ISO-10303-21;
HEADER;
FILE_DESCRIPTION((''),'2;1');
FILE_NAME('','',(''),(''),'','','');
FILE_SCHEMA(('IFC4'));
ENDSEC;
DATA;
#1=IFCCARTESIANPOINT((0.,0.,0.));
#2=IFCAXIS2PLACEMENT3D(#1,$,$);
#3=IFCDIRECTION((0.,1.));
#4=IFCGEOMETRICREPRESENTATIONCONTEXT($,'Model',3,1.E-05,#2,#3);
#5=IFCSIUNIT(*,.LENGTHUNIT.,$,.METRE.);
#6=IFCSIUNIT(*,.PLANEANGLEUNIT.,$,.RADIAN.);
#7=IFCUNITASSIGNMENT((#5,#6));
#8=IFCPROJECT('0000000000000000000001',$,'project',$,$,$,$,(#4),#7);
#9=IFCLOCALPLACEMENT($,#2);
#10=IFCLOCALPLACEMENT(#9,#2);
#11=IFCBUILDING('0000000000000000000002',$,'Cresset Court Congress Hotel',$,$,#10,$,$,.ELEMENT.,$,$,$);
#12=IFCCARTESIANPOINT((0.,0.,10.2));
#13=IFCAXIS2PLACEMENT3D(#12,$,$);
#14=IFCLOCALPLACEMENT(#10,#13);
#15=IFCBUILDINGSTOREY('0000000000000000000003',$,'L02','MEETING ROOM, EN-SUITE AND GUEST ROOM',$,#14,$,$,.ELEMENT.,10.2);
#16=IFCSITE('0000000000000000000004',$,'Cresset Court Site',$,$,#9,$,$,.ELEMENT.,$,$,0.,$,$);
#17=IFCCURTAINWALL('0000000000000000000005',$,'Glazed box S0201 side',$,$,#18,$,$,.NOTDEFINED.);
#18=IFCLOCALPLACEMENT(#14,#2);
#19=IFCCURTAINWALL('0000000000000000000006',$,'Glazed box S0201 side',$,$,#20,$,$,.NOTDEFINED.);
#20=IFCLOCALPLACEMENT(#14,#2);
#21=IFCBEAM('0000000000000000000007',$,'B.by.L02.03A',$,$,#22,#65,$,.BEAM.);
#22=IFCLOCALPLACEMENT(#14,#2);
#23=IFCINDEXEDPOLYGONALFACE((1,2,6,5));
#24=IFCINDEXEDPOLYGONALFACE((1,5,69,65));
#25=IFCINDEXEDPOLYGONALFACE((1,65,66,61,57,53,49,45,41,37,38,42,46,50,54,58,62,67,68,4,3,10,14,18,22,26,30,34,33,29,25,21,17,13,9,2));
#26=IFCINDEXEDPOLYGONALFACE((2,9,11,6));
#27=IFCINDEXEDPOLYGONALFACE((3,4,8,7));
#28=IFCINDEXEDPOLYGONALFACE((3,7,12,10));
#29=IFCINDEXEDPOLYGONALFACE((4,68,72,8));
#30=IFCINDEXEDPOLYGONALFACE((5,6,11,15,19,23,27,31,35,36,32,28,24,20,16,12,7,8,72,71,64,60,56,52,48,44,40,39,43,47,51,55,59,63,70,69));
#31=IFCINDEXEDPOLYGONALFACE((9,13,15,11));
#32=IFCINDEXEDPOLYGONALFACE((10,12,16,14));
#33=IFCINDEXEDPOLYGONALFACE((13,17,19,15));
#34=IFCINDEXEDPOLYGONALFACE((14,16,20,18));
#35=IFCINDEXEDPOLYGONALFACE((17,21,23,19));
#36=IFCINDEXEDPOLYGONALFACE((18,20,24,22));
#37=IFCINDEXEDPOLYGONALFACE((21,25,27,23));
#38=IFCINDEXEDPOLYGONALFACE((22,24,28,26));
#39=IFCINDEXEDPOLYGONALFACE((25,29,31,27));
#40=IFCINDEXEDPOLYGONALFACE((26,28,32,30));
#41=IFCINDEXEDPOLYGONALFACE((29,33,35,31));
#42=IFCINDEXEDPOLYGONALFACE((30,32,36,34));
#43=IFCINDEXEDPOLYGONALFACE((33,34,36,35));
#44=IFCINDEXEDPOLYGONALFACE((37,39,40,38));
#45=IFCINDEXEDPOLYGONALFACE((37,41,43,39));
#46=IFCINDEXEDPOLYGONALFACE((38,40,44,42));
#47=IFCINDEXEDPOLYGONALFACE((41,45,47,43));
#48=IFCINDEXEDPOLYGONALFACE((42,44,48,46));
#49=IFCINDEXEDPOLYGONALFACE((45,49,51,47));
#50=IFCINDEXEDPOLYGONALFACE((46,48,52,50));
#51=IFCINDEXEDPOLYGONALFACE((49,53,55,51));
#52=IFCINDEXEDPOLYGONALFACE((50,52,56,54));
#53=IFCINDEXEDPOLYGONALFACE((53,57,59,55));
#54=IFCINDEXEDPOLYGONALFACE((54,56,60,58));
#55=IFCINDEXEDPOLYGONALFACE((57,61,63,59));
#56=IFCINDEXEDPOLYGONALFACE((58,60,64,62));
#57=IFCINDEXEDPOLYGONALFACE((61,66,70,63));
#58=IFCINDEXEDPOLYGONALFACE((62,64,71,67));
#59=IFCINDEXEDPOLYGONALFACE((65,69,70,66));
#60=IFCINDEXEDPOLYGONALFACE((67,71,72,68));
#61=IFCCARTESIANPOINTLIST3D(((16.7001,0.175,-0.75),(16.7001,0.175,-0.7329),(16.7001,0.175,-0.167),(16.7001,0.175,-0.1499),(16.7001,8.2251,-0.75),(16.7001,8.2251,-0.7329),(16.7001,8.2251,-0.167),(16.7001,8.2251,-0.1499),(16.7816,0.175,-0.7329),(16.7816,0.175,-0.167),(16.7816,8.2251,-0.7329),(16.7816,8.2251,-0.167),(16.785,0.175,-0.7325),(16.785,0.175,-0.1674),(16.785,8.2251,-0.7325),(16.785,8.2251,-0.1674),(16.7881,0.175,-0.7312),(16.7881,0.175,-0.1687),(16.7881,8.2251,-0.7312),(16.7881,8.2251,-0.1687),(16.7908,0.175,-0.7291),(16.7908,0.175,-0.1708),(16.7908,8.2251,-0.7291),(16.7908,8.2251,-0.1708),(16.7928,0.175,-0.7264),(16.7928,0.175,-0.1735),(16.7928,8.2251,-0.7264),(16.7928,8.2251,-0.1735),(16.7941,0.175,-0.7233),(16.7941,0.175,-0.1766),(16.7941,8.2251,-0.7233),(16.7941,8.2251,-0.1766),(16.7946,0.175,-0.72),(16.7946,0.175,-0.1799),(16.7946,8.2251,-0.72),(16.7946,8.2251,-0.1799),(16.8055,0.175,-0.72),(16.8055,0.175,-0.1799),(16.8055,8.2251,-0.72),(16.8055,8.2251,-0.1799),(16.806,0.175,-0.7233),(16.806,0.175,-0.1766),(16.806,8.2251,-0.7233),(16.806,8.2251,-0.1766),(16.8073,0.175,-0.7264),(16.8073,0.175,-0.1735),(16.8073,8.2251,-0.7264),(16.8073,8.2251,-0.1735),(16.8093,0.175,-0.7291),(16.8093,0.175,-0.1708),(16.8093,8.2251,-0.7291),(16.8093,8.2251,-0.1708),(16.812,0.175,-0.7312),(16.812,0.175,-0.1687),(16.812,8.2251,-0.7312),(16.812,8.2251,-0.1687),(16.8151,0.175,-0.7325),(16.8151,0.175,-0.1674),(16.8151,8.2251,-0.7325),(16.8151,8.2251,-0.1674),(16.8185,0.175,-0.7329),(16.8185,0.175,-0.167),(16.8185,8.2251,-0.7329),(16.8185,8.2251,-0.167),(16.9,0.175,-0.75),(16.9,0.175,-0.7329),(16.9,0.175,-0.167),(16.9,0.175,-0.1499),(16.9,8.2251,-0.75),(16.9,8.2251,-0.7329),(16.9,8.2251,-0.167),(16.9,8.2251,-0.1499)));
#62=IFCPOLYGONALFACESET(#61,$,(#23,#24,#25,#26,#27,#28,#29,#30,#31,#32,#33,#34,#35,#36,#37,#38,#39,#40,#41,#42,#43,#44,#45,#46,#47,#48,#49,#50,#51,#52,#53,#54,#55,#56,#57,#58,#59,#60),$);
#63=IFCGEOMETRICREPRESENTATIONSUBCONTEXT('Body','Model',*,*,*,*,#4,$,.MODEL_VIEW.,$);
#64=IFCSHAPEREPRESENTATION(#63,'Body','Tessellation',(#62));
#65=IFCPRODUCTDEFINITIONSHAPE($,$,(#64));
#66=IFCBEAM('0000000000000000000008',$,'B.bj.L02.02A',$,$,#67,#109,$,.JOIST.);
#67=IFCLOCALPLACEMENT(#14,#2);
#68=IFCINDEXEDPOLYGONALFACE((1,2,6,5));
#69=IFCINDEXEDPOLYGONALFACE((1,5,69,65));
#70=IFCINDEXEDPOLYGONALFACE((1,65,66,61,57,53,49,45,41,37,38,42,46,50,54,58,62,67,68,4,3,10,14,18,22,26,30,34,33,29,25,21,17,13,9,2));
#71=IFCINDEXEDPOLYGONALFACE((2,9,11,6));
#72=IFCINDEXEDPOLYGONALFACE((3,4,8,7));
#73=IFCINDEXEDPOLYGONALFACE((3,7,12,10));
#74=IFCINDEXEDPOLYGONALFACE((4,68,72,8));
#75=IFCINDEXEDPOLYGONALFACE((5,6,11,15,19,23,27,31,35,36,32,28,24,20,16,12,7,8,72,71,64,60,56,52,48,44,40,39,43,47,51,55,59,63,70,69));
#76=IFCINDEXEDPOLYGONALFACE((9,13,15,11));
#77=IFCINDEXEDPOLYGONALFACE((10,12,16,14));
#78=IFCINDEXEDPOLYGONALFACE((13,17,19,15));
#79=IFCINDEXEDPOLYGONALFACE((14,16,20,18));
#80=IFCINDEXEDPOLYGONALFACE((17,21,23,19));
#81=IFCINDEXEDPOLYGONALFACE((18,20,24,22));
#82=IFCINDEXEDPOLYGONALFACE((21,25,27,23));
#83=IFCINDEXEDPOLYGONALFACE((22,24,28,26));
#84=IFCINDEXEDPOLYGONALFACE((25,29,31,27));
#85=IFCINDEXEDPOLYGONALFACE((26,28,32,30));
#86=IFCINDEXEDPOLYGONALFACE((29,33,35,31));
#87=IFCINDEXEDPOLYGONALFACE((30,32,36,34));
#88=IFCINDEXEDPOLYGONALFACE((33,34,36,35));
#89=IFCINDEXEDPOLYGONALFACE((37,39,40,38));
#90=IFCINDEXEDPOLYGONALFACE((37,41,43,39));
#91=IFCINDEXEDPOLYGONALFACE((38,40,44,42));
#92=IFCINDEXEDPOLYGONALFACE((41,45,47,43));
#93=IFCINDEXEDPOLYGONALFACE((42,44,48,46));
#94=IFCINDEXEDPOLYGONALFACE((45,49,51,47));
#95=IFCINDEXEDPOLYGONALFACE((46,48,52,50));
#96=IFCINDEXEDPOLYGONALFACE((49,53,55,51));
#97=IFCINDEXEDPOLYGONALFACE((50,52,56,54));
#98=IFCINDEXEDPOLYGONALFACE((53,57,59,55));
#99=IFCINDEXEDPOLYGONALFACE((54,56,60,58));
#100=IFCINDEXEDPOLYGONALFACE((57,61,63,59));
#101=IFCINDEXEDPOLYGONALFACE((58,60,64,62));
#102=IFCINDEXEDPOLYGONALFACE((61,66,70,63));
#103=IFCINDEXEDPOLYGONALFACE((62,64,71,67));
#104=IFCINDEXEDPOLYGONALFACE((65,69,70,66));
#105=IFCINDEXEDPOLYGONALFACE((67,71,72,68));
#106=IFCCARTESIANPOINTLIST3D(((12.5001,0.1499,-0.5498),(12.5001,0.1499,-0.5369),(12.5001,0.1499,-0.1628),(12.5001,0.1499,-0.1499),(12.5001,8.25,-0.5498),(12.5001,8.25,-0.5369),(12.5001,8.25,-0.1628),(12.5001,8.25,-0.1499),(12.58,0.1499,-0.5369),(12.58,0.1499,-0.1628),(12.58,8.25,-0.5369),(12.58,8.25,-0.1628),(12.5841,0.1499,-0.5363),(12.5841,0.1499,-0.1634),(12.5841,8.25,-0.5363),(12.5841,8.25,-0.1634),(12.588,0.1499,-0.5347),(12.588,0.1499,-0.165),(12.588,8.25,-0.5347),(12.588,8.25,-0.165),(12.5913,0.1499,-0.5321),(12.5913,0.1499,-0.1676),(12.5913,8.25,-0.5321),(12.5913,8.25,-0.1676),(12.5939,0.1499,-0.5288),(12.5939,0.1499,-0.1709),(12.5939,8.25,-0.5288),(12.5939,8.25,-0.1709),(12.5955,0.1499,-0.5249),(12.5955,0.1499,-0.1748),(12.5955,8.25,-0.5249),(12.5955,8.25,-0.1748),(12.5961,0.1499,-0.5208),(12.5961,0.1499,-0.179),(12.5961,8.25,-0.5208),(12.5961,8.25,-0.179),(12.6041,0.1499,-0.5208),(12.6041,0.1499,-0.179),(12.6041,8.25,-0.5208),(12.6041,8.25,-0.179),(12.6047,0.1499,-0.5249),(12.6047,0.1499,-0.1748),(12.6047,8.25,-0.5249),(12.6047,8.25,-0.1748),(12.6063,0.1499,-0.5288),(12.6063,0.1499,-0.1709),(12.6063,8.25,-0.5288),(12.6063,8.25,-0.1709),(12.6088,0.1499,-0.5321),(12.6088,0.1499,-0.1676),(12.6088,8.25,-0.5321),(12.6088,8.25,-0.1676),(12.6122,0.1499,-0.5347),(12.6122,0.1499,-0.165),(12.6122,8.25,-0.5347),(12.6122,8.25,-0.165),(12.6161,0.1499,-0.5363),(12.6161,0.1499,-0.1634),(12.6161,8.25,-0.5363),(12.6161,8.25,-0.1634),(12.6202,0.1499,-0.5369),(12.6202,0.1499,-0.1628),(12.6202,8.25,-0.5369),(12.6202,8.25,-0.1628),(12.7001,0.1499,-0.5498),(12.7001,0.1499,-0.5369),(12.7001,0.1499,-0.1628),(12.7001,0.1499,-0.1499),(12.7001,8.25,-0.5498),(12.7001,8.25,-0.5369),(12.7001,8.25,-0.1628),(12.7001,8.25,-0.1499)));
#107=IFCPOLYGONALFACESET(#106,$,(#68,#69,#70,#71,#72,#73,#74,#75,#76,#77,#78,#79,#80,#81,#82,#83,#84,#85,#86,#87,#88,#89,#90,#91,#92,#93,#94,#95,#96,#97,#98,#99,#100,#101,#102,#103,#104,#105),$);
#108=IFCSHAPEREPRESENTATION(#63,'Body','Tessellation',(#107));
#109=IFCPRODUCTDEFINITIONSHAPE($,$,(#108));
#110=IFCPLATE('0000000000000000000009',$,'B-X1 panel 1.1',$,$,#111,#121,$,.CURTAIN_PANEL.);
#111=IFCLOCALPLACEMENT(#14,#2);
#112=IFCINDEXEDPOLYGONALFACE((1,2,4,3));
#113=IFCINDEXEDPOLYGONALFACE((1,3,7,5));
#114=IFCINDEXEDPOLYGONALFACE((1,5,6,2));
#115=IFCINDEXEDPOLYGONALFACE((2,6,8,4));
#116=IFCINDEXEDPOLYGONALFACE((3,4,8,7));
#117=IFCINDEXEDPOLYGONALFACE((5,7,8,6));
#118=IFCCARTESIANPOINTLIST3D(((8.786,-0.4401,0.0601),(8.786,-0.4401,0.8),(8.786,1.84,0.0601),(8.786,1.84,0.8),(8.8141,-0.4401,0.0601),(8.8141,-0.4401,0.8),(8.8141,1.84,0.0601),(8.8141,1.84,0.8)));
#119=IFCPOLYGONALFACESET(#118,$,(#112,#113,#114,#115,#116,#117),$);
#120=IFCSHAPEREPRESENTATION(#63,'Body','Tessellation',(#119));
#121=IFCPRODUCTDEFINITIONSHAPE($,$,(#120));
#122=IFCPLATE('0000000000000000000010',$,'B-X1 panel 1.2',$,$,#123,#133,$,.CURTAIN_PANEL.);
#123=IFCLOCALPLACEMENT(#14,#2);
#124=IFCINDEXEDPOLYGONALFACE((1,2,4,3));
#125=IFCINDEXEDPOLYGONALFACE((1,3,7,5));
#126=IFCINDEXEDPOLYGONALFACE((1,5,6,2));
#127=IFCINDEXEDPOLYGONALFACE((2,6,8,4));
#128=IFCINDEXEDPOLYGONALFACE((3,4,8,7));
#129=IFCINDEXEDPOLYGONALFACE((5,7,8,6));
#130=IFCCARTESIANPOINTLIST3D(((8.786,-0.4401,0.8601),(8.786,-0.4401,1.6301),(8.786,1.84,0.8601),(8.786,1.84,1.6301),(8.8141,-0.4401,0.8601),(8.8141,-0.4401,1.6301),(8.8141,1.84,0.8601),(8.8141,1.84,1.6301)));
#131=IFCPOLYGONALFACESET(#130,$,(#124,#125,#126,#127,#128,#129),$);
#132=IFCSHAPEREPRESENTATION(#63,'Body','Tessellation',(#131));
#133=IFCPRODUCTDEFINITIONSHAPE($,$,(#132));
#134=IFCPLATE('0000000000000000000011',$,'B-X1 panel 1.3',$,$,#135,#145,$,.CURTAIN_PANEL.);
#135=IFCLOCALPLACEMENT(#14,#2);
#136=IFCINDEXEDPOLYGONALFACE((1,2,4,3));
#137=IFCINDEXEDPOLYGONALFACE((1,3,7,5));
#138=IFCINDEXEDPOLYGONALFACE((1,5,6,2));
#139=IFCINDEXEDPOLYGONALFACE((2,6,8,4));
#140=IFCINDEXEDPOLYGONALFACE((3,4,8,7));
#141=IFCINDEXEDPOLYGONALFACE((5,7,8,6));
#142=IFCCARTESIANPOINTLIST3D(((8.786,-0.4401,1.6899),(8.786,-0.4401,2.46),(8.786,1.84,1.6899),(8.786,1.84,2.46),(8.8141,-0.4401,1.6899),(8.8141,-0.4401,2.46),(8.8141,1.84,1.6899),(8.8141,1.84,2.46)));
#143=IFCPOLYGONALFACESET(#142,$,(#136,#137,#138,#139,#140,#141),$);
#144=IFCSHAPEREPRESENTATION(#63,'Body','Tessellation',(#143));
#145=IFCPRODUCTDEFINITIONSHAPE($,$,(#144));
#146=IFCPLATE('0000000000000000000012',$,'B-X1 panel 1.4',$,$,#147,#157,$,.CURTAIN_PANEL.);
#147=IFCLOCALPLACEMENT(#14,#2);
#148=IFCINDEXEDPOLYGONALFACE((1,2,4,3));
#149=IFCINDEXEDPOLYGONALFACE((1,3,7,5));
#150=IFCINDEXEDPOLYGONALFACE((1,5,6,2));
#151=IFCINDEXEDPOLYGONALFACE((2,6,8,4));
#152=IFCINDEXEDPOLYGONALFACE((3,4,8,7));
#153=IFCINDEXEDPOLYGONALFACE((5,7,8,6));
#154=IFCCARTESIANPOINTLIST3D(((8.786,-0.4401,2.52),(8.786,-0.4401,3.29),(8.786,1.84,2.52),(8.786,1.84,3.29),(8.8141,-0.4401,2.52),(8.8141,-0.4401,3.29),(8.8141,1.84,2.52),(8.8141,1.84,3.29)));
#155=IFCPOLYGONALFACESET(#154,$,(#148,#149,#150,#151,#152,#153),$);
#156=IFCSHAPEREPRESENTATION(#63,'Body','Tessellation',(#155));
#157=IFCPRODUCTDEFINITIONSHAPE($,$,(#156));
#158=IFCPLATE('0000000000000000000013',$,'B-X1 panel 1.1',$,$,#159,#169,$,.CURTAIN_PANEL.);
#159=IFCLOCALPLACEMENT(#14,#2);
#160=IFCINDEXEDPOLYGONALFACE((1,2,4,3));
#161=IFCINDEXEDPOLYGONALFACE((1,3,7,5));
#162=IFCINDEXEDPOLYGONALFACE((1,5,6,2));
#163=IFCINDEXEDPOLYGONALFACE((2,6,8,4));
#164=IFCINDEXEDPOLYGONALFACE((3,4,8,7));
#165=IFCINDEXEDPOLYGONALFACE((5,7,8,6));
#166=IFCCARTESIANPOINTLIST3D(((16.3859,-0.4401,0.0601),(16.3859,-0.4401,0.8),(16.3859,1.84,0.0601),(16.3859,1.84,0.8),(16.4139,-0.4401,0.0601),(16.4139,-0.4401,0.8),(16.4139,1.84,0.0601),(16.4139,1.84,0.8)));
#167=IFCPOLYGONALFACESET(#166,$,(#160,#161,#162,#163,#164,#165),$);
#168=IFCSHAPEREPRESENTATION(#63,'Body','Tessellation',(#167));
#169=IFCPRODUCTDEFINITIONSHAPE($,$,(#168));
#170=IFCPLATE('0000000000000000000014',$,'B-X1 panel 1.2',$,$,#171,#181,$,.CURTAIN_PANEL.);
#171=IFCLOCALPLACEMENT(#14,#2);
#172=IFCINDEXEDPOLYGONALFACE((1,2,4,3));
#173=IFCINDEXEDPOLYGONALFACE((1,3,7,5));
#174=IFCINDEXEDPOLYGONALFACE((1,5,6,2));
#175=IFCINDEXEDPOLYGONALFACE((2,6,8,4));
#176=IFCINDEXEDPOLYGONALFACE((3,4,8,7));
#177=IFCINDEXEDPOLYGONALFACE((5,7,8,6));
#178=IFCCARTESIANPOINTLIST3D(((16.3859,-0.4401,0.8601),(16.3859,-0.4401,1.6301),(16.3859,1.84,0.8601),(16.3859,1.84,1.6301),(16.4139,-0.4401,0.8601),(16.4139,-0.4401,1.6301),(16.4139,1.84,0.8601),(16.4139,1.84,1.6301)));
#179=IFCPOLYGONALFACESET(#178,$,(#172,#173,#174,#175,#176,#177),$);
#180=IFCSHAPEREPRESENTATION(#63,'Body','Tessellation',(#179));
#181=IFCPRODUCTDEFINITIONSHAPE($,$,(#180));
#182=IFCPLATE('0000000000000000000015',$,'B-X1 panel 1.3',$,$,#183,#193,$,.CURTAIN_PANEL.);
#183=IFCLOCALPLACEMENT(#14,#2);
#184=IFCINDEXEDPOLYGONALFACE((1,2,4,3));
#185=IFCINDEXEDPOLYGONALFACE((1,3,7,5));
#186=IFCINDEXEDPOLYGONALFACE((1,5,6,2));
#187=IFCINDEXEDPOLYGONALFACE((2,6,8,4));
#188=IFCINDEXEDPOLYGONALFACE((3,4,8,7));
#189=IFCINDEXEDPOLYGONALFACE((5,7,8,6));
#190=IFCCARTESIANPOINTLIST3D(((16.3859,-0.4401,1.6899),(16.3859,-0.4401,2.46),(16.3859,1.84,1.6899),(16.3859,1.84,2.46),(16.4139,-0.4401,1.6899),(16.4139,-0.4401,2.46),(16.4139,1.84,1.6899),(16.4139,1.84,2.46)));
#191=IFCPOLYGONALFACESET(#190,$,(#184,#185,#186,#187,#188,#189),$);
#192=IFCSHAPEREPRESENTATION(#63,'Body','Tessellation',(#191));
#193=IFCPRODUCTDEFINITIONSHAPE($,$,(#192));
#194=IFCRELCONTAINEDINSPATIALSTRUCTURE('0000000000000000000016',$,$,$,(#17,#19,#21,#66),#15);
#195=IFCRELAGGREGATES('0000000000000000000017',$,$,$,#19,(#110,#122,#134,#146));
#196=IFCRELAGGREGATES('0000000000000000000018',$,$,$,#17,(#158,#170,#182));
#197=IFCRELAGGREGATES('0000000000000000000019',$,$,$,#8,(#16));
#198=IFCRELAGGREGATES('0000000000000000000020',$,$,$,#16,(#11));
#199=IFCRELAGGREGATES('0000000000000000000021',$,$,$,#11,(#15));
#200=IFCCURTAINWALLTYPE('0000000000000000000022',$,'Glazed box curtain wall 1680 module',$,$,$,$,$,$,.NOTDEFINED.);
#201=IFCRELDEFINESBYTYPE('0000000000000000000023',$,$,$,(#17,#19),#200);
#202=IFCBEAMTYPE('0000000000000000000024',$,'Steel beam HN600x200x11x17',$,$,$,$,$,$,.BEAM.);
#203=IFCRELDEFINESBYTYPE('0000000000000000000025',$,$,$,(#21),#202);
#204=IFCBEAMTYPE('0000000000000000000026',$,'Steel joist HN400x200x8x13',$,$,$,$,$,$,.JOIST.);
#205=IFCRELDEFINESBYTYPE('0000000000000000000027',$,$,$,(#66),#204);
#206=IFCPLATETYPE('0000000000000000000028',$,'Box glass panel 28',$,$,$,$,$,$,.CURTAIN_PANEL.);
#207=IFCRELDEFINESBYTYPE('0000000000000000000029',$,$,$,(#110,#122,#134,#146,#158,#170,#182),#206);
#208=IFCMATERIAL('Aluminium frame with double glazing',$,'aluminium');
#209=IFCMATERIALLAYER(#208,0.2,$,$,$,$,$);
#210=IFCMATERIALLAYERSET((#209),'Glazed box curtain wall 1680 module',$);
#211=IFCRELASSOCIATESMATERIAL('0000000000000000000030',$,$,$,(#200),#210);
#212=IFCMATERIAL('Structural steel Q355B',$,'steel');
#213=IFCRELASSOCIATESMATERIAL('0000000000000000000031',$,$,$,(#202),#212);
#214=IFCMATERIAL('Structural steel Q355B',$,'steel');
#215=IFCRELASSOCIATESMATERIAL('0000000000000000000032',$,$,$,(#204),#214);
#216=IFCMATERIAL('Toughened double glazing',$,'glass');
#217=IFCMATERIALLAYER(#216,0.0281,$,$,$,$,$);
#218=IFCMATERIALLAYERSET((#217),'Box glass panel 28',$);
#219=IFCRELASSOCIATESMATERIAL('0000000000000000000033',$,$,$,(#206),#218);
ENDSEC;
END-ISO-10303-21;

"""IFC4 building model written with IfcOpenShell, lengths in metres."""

from ifc_helpers import new_model, si_unit, direction, frame, origin, origin_2d, place, context, subcontext, project, spatial, rectangle, i_section, extrude, material, layer, layer_set, material_profile, profile_set, type_object, element, aggregate, save


model = new_model("IFC4")

# Units and contexts
model_context = context("Model", 3, precision=1e-05, world=origin(), true_north=direction((0.0, 1.0)))
body_context = subcontext(model_context, "Body", "Model", "MODEL_VIEW")
ifc_project = project(units=[si_unit("LENGTHUNIT", "METRE"), si_unit("PLANEANGLEUNIT", "RADIAN")], contexts=[model_context])

# Site, building, storey
site_placement = place(None, origin())
site = spatial("IfcSite", under=ifc_project, at=site_placement, Name="Cresset Court Site", CompositionType="ELEMENT", RefElevation=0.0)
building_placement = place(site_placement, origin())
building = spatial("IfcBuilding", under=site, at=building_placement, Name="Cresset Court Congress Hotel", CompositionType="ELEMENT")
storey_placement = place(building_placement, frame((0.0, 0.0, 10.2)))
storey = spatial("IfcBuildingStorey", under=building, at=storey_placement, Name="L02", Description="MEETING ROOM, EN-SUITE AND GUEST ROOM", CompositionType="ELEMENT", Elevation=10.2)

# Curtain walls
ifc_material_1 = material(Name="Aluminium frame with double glazing", Category="aluminium")
ifc_layer_1 = layer(ifc_material_1, 0.2)
ifc_layer_set_1 = layer_set([ifc_layer_1], Name="Glazed box curtain wall 1680 module")
curtain_wall_type = type_object("IfcCurtainWallType", Name="Glazed box curtain wall 1680 module", PredefinedType="NOTDEFINED", material=ifc_layer_set_1)
curtain_wall_1_placement = place(storey_placement, origin())
curtain_wall_1 = element("IfcCurtainWall", 1, at=curtain_wall_1_placement, inside=storey, type_object=curtain_wall_type, Name="Glazed box S0201 side", PredefinedType="NOTDEFINED")
curtain_wall_2_placement = place(storey_placement, origin())
curtain_wall_2 = element("IfcCurtainWall", 2, at=curtain_wall_2_placement, inside=storey, type_object=curtain_wall_type, Name="Glazed box S0201 side", PredefinedType="NOTDEFINED")

# Beams
ifc_material_2 = material(Name="Structural steel Q355B", Category="steel")
ifc_material_profile_1 = material_profile(ifc_material_2, i_section(OverallWidth=0.2, OverallDepth=0.6001, WebThickness=0.011, FlangeThickness=0.0171, FilletRadius=0.0129, at=origin_2d()), Name="HN600x200x11x17")
ifc_profile_set_1 = profile_set([ifc_material_profile_1], Name="Structural steel Q355B")
beam_type_1 = type_object("IfcBeamType", Name="Steel beam HN600x200x11x17", PredefinedType="BEAM", material=ifc_profile_set_1)
beam_1_placement = place(storey_placement, frame((16.8, 0.175, -0.45), z_axis=(0.0, 1.0, 0.0), x_axis=(-1.0, 0.0, 0.0)))
element("IfcBeam", 3, at=beam_1_placement, inside=storey, type_object=beam_type_1, Name="B.by.L02.03A", PredefinedType="BEAM", context=body_context, shape_type="SweptSolid", body=[
    extrude(i_section(OverallWidth=0.2, OverallDepth=0.6001, WebThickness=0.011, FlangeThickness=0.0171, FilletRadius=0.0129, at=origin_2d()), origin(), (0.0, 0.0, 1.0), 8.05),
])
ifc_material_3 = material(Name="Structural steel Q355B", Category="steel")
ifc_material_profile_2 = material_profile(ifc_material_3, i_section(OverallWidth=0.2, OverallDepth=0.3999, WebThickness=0.0081, FlangeThickness=0.0129, FilletRadius=0.0161, at=origin_2d()), Name="HN400x200x8x13")
ifc_profile_set_2 = profile_set([ifc_material_profile_2], Name="Structural steel Q355B")
beam_type_2 = type_object("IfcBeamType", Name="Steel joist HN400x200x8x13", PredefinedType="JOIST", material=ifc_profile_set_2)
beam_2_placement = place(storey_placement, frame((12.6001, 0.1499, -0.3499), z_axis=(0.0, 1.0, 0.0), x_axis=(-1.0, 0.0, 0.0)))
element("IfcBeam", 4, at=beam_2_placement, inside=storey, type_object=beam_type_2, Name="B.bj.L02.02A", PredefinedType="JOIST", context=body_context, shape_type="SweptSolid", body=[
    extrude(i_section(OverallWidth=0.2, OverallDepth=0.3999, WebThickness=0.0081, FlangeThickness=0.0129, FilletRadius=0.0161, at=origin_2d()), origin(), (0.0, 0.0, 1.0), 8.1001),
])

# Plates
ifc_material_4 = material(Name="Toughened double glazing", Category="glass")
ifc_layer_2 = layer(ifc_material_4, 0.0281)
ifc_layer_set_2 = layer_set([ifc_layer_2], Name="Box glass panel 28")
plate_type_1 = type_object("IfcPlateType", Name="Box glass panel 28", PredefinedType="CURTAIN_PANEL", material=ifc_layer_set_2)
plate_1_placement = place(storey_placement, frame((8.8, 0.7, 0.0601), z_axis=(0.0, 0.0, 1.0), x_axis=(0.0, 1.0, 0.0)))
plate_1 = element("IfcPlate", 5, at=plate_1_placement, type_object=plate_type_1, Name="B-X1 panel 1.1", PredefinedType="CURTAIN_PANEL", context=body_context, shape_type="SweptSolid", body=[
    extrude(rectangle(XDim=2.28, YDim=0.0281, at=origin_2d()), origin(), (0.0, 0.0, 1.0), 0.74),
])
plate_2_placement = place(storey_placement, frame((8.8, 0.7, 0.8601), z_axis=(0.0, 0.0, 1.0), x_axis=(0.0, 1.0, 0.0)))
plate_2 = element("IfcPlate", 6, at=plate_2_placement, type_object=plate_type_1, Name="B-X1 panel 1.2", PredefinedType="CURTAIN_PANEL", context=body_context, shape_type="SweptSolid", body=[
    extrude(rectangle(XDim=2.28, YDim=0.0281, at=origin_2d()), origin(), (0.0, 0.0, 1.0), 0.77),
])
plate_3_placement = place(storey_placement, frame((8.8, 0.7, 1.6899), z_axis=(0.0, 0.0, 1.0), x_axis=(0.0, 1.0, 0.0)))
plate_3 = element("IfcPlate", 7, at=plate_3_placement, type_object=plate_type_1, Name="B-X1 panel 1.3", PredefinedType="CURTAIN_PANEL", context=body_context, shape_type="SweptSolid", body=[
    extrude(rectangle(XDim=2.28, YDim=0.0281, at=origin_2d()), origin(), (0.0, 0.0, 1.0), 0.77),
])
plate_4_placement = place(storey_placement, frame((8.8, 0.7, 2.52), z_axis=(0.0, 0.0, 1.0), x_axis=(0.0, 1.0, 0.0)))
plate_4 = element("IfcPlate", 8, at=plate_4_placement, type_object=plate_type_1, Name="B-X1 panel 1.4", PredefinedType="CURTAIN_PANEL", context=body_context, shape_type="SweptSolid", body=[
    extrude(rectangle(XDim=2.28, YDim=0.0281, at=origin_2d()), origin(), (0.0, 0.0, 1.0), 0.77),
])
plate_5_placement = place(storey_placement, frame((16.3999, 0.7, 0.0601), z_axis=(0.0, 0.0, 1.0), x_axis=(0.0, 1.0, 0.0)))
plate_5 = element("IfcPlate", 9, at=plate_5_placement, type_object=plate_type_1, Name="B-X1 panel 1.1", PredefinedType="CURTAIN_PANEL", context=body_context, shape_type="SweptSolid", body=[
    extrude(rectangle(XDim=2.28, YDim=0.0281, at=origin_2d()), origin(), (0.0, 0.0, 1.0), 0.74),
])
plate_6_placement = place(storey_placement, frame((16.3999, 0.7, 0.8601), z_axis=(0.0, 0.0, 1.0), x_axis=(0.0, 1.0, 0.0)))
plate_6 = element("IfcPlate", 10, at=plate_6_placement, type_object=plate_type_1, Name="B-X1 panel 1.2", PredefinedType="CURTAIN_PANEL", context=body_context, shape_type="SweptSolid", body=[
    extrude(rectangle(XDim=2.28, YDim=0.0281, at=origin_2d()), origin(), (0.0, 0.0, 1.0), 0.77),
])
plate_7_placement = place(storey_placement, frame((16.3999, 0.7, 1.6899), z_axis=(0.0, 0.0, 1.0), x_axis=(0.0, 1.0, 0.0)))
plate_7 = element("IfcPlate", 11, at=plate_7_placement, type_object=plate_type_1, Name="B-X1 panel 1.3", PredefinedType="CURTAIN_PANEL", context=body_context, shape_type="SweptSolid", body=[
    extrude(rectangle(XDim=2.28, YDim=0.0281, at=origin_2d()), origin(), (0.0, 0.0, 1.0), 0.77),
])
aggregate(curtain_wall_2, [plate_1, plate_2, plate_3, plate_4])
aggregate(curtain_wall_1, [plate_5, plate_6, plate_7])

save(model, "model.ifc")
